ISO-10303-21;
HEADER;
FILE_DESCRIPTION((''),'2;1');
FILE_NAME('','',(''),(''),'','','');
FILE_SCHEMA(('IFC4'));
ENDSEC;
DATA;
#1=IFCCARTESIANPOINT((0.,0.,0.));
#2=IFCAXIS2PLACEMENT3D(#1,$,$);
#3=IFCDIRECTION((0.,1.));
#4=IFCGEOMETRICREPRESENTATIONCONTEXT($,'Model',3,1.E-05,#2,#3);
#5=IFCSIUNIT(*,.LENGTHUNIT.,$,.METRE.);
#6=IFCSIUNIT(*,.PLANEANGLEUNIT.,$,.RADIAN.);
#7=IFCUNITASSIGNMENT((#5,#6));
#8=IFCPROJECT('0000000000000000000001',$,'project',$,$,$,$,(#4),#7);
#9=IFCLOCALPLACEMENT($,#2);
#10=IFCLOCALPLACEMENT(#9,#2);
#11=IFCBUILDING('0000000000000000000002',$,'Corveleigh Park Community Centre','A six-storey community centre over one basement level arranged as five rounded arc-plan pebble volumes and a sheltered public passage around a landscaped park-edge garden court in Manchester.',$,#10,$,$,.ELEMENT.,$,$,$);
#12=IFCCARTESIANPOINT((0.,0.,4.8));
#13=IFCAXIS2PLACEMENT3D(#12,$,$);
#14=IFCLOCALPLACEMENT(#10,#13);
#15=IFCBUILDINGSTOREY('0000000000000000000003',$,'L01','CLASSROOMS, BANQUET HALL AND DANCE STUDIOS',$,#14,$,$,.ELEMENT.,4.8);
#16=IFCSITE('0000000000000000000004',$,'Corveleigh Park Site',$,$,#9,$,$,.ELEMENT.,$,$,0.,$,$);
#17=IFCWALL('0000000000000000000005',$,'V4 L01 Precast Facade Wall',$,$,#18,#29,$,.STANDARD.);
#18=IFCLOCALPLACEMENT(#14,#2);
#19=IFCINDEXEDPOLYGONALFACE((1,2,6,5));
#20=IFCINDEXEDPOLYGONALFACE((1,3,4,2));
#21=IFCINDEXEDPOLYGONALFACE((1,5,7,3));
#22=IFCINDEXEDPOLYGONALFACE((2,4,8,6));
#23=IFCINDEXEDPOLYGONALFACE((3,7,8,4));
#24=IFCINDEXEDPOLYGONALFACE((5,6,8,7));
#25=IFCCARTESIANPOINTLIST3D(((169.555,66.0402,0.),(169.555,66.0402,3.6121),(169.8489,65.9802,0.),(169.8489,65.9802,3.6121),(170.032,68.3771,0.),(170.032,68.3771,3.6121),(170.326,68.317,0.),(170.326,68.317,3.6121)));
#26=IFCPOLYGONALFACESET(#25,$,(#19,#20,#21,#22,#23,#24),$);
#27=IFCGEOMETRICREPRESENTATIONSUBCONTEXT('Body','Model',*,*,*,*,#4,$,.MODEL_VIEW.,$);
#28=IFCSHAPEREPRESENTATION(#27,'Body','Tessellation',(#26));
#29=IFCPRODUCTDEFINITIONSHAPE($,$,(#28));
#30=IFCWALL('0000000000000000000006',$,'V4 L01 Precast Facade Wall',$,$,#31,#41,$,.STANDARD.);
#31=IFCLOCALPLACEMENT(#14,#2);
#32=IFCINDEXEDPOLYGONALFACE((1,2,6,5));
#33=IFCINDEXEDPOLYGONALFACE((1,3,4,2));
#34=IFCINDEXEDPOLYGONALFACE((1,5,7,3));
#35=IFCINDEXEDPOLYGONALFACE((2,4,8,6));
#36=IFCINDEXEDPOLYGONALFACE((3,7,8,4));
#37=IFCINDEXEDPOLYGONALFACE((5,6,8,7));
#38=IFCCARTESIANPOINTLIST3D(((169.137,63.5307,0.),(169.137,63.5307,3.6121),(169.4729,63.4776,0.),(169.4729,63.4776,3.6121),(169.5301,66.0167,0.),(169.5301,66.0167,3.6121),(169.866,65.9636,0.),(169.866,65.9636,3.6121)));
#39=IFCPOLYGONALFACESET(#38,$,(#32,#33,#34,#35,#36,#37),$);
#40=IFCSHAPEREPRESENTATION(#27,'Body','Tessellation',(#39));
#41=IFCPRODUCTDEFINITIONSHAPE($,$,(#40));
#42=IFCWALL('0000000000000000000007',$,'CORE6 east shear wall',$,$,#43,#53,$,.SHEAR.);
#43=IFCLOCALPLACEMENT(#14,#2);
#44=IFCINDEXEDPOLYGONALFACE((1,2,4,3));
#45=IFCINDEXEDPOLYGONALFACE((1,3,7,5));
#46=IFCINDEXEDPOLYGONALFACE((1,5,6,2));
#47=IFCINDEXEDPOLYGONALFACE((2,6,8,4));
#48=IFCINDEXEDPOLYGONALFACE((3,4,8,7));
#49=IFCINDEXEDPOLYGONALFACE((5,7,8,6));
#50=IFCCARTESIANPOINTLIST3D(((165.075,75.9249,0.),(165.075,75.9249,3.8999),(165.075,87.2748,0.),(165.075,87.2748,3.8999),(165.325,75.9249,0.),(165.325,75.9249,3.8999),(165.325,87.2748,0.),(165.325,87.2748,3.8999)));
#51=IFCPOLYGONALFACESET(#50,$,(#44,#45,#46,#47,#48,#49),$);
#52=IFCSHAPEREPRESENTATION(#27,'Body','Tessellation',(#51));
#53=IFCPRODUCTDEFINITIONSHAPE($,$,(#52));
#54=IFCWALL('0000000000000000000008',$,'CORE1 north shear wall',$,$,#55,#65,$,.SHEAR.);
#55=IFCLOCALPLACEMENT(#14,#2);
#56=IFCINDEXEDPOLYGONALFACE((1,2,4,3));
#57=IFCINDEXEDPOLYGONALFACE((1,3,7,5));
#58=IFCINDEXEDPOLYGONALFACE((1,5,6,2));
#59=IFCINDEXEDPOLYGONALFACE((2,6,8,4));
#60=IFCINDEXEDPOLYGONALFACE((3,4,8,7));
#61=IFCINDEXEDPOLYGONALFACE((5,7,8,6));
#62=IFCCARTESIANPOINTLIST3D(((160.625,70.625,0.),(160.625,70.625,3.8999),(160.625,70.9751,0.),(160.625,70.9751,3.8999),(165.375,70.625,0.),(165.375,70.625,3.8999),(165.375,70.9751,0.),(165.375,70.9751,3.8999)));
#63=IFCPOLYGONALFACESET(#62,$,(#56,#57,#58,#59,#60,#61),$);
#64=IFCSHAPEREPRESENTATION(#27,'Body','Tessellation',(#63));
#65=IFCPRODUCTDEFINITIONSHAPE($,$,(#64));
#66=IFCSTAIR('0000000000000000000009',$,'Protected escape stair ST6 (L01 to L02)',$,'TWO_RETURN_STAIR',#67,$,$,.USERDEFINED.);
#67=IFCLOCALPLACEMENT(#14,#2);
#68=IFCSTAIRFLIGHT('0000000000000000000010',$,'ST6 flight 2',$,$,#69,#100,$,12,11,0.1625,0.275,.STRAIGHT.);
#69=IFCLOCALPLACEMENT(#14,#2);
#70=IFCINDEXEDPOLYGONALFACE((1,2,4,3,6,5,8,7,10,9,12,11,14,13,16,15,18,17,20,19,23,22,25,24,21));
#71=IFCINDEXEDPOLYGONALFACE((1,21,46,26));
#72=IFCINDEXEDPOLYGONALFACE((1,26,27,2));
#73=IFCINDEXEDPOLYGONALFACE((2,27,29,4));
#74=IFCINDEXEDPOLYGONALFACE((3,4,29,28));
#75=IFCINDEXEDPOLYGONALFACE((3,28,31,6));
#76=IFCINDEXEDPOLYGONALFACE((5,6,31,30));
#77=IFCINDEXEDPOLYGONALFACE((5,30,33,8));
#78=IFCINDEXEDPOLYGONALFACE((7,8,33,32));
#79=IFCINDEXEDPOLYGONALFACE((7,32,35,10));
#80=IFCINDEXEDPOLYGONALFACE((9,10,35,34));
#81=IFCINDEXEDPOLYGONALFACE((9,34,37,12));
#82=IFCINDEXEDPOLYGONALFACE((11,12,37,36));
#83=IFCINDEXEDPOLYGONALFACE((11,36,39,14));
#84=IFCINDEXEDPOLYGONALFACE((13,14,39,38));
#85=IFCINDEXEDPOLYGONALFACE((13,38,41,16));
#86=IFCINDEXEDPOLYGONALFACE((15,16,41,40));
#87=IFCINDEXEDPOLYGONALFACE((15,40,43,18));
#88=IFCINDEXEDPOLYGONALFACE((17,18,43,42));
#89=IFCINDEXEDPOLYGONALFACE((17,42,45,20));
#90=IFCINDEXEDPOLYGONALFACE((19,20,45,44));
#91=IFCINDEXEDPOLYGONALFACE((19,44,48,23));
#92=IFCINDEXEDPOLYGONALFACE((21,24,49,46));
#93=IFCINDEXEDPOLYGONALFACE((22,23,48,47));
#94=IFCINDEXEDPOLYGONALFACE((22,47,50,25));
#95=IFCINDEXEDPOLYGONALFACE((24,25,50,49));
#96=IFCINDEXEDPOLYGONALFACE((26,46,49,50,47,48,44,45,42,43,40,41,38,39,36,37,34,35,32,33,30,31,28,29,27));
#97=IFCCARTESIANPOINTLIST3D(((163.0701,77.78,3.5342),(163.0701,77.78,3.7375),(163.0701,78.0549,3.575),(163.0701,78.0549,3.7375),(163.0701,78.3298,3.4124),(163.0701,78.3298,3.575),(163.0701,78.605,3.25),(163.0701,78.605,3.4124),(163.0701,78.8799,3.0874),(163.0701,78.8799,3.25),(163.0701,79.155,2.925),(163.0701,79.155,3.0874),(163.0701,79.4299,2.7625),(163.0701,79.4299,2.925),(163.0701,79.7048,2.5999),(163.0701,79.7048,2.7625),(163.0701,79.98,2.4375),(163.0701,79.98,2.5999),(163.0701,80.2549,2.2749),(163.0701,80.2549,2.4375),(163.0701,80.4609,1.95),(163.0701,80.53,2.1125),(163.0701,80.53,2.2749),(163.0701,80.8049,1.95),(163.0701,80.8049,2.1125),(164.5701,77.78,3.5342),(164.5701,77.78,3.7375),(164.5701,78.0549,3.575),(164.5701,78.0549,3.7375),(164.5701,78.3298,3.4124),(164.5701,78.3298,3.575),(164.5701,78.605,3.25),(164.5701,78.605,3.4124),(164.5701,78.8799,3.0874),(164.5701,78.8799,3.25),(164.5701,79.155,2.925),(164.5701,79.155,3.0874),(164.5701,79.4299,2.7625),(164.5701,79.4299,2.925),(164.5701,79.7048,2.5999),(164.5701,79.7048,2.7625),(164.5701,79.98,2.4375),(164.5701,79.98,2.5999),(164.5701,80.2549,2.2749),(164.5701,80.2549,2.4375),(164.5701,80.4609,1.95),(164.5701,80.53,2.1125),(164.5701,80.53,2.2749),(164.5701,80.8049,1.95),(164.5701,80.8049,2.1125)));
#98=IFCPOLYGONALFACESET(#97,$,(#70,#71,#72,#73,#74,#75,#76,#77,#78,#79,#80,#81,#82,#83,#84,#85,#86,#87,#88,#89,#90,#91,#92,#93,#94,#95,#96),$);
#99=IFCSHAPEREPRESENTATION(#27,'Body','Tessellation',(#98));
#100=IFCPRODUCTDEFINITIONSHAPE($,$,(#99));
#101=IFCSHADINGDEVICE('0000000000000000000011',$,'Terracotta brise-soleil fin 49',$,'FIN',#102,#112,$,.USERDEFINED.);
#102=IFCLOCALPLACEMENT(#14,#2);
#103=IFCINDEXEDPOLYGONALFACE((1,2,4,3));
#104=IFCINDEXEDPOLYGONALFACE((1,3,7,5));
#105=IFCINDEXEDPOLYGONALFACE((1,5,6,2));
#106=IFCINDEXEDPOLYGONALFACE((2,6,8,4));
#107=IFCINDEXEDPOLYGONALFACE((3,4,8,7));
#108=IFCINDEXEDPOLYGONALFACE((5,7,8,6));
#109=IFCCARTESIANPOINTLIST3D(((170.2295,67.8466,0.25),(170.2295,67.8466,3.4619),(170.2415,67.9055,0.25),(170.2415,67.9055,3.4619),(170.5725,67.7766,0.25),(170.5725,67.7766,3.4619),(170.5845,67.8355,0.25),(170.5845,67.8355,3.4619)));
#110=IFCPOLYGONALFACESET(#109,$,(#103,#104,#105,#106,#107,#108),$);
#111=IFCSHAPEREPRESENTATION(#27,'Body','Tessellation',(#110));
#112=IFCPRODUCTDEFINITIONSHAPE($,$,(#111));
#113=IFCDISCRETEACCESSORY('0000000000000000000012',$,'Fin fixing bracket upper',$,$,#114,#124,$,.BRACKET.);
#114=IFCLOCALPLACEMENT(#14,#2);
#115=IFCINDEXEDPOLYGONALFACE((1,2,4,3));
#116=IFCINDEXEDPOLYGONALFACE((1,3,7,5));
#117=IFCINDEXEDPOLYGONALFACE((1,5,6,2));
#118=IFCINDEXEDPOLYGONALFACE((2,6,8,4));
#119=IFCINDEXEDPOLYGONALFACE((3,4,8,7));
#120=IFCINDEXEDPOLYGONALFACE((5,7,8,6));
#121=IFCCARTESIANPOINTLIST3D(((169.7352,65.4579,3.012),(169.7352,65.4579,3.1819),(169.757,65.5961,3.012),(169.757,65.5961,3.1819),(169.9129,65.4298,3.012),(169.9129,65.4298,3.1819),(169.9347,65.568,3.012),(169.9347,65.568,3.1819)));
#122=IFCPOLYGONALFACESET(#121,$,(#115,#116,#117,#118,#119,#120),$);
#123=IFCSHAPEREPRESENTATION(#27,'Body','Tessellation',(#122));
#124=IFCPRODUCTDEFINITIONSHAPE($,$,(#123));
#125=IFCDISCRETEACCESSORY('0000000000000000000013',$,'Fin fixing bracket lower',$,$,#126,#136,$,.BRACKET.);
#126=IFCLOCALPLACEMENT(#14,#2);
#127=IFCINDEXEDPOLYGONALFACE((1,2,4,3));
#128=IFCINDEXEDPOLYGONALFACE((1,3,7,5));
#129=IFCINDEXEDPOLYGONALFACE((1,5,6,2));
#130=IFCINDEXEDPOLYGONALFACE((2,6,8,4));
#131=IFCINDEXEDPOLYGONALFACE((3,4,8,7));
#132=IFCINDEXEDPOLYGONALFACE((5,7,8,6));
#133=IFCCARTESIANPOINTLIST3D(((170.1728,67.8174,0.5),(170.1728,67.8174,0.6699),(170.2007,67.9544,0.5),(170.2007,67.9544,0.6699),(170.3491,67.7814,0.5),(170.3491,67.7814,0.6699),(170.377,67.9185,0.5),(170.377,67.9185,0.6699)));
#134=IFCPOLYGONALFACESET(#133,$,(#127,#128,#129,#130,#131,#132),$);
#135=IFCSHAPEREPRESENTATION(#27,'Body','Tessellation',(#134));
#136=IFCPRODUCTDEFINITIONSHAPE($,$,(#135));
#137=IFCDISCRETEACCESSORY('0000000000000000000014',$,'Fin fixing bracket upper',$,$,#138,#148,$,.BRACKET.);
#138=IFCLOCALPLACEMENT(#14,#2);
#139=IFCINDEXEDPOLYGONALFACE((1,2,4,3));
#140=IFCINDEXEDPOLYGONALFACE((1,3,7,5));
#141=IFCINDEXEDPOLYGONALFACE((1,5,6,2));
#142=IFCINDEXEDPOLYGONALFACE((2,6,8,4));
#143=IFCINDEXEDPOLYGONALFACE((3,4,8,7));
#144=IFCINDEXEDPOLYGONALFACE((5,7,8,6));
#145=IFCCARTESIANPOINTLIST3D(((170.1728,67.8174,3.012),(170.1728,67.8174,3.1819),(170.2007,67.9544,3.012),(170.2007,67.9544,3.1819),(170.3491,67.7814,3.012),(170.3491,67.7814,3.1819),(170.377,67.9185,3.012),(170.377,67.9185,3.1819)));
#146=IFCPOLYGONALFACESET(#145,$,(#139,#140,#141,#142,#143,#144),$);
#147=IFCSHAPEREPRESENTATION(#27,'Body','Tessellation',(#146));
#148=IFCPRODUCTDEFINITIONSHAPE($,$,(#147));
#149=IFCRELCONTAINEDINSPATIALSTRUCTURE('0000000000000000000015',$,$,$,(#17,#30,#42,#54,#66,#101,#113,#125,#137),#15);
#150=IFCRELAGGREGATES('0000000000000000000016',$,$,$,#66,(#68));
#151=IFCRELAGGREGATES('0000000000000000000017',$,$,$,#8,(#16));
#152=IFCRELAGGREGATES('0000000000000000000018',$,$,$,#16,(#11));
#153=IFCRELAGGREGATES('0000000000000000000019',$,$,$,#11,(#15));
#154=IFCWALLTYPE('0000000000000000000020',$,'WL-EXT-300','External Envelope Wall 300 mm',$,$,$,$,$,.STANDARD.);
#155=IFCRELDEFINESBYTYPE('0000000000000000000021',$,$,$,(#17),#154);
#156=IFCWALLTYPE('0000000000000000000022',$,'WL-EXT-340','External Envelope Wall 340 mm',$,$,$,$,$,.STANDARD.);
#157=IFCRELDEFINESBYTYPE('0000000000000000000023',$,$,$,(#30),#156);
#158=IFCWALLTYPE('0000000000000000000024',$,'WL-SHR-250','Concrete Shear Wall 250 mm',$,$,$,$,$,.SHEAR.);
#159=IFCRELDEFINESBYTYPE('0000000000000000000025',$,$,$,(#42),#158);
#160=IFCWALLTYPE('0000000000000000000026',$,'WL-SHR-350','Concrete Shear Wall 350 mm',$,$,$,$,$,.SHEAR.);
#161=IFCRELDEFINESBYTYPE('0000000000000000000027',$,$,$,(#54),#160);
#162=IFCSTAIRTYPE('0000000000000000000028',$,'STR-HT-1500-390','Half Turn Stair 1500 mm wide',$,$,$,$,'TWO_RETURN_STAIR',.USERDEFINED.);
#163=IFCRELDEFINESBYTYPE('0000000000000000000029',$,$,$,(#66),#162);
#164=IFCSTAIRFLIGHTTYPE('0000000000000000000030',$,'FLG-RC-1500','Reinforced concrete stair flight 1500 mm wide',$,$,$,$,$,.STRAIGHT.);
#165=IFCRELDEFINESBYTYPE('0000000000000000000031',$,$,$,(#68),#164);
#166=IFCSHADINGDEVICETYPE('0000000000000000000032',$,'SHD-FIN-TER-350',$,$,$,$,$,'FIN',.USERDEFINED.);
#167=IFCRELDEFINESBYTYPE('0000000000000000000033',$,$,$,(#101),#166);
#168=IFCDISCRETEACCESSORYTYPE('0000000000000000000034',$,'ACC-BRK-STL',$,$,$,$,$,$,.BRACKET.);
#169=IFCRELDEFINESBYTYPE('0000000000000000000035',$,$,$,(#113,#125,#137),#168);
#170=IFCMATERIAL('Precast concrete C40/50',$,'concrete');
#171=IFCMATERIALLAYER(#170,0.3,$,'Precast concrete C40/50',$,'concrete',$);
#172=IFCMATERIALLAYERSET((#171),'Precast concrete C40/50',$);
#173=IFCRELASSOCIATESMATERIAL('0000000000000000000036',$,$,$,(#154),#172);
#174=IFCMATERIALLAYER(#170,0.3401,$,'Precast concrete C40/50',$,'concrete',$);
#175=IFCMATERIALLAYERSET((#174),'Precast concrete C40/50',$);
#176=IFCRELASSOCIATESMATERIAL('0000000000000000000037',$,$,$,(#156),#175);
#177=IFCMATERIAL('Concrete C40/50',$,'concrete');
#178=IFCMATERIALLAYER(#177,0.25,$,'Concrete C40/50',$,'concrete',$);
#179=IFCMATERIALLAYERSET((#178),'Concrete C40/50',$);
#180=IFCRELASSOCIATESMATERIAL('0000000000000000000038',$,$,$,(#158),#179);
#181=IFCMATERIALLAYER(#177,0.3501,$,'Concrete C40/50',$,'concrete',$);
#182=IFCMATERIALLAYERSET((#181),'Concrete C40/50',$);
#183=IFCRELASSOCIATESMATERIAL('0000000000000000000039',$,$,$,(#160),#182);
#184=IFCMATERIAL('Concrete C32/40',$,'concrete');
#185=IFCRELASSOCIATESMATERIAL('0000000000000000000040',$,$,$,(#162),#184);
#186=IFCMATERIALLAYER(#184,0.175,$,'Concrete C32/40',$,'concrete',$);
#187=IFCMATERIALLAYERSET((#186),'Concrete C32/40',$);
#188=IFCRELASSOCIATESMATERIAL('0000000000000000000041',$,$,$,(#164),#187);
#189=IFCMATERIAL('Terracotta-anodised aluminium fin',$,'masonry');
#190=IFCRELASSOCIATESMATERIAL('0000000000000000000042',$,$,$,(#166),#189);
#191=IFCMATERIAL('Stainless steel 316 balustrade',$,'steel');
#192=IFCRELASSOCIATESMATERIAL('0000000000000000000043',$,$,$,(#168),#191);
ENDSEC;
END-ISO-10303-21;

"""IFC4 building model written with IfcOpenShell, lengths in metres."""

from ifc_helpers import new_model, si_unit, direction, frame, frame_2d, origin, origin_2d, place, context, subcontext, project, spatial, polyline, rectangle, outline, extrude, material, layer, layer_set, type_object, element, aggregate, save


model = new_model("IFC4")

# Units and contexts
model_context = context("Model", 3, precision=1e-05, world=origin(), true_north=direction((0.0, 1.0)))
body_context = subcontext(model_context, "Body", "Model", "MODEL_VIEW")
ifc_project = project(units=[si_unit("LENGTHUNIT", "METRE"), si_unit("PLANEANGLEUNIT", "RADIAN")], contexts=[model_context])

# Site, building, storey
site_placement = place(None, origin())
site = spatial("IfcSite", under=ifc_project, at=site_placement, Name="Corveleigh Park Site", CompositionType="ELEMENT", RefElevation=0.0)
building_placement = place(site_placement, origin())
building = spatial("IfcBuilding", under=site, at=building_placement, Name="Corveleigh Park Community Centre", Description="A six-storey community centre over one basement level arranged as five rounded arc-plan pebble volumes and a sheltered public passage around a landscaped park-edge garden court in Manchester.", CompositionType="ELEMENT")
storey_placement = place(building_placement, frame((0.0, 0.0, 4.8)))
storey = spatial("IfcBuildingStorey", under=building, at=storey_placement, Name="L01", Description="CLASSROOMS, BANQUET HALL AND DANCE STUDIOS", CompositionType="ELEMENT", Elevation=4.8)

# Shared definitions
ifc_material_1 = material(Name="Concrete C40/50", Category="concrete")

# Walls
ifc_material_2 = material(Name="Precast concrete C40/50", Category="concrete")
ifc_layer_1 = layer(ifc_material_2, 0.3, Name="Precast concrete C40/50", Category="concrete")
ifc_layer_set_1 = layer_set([ifc_layer_1], Name="Precast concrete C40/50")
wall_type_1 = type_object("IfcWallType", Name="WL-EXT-300", Description="External Envelope Wall 300 mm", PredefinedType="STANDARD", material=ifc_layer_set_1)
wall_1_placement = place(storey_placement, frame((170.179, 68.3469, 0.0), z_axis=(0.0, 0.0, 1.0), x_axis=(-0.200012, -0.979793, 0.0)))
element("IfcWall", 1, at=wall_1_placement, inside=storey, type_object=wall_type_1, Name="V4 L01 Precast Facade Wall", PredefinedType="STANDARD", context=body_context, shape_type="SweptSolid", body=[
    extrude(rectangle(XDim=2.385, YDim=0.3, at=frame_2d((1.1924, 0.0))), origin(), (0.0, 0.0, 1.0), 3.6121),
])
ifc_layer_2 = layer(ifc_material_2, 0.3401, Name="Precast concrete C40/50", Category="concrete")
ifc_layer_set_2 = layer_set([ifc_layer_2], Name="Precast concrete C40/50")
wall_type_2 = type_object("IfcWallType", Name="WL-EXT-340", Description="External Envelope Wall 340 mm", PredefinedType="STANDARD", material=ifc_layer_set_2)
wall_2_placement = place(storey_placement, frame((169.698, 65.99, 0.0), z_axis=(0.0, 0.0, 1.0), x_axis=(-0.156167, -0.987731, 0.0)))
element("IfcWall", 2, at=wall_2_placement, inside=storey, type_object=wall_type_2, Name="V4 L01 Precast Facade Wall", PredefinedType="STANDARD", context=body_context, shape_type="SweptSolid", body=[
    extrude(rectangle(XDim=2.5168, YDim=0.3401, at=frame_2d((1.2583, 0.0))), origin(), (0.0, 0.0, 1.0), 3.6121),
])
ifc_layer_3 = layer(ifc_material_1, 0.25, Name="Concrete C40/50", Category="concrete")
ifc_layer_set_3 = layer_set([ifc_layer_3], Name="Concrete C40/50")
wall_type_3 = type_object("IfcWallType", Name="WL-SHR-250", Description="Concrete Shear Wall 250 mm", PredefinedType="SHEAR", material=ifc_layer_set_3)
wall_3_placement = place(storey_placement, frame((165.2, 75.925, 0.0), z_axis=(0.0, 0.0, 1.0), x_axis=(0.0, 1.0, 0.0)))
element("IfcWall", 3, at=wall_3_placement, inside=storey, type_object=wall_type_3, Name="CORE6 east shear wall", PredefinedType="SHEAR", context=body_context, shape_type="SweptSolid", body=[
    extrude(rectangle(XDim=11.3499, YDim=0.25, at=frame_2d((5.6748, 0.0))), origin(), (0.0, 0.0, 1.0), 3.8999),
])
ifc_layer_4 = layer(ifc_material_1, 0.3501, Name="Concrete C40/50", Category="concrete")
ifc_layer_set_4 = layer_set([ifc_layer_4], Name="Concrete C40/50")
wall_type_4 = type_object("IfcWallType", Name="WL-SHR-350", Description="Concrete Shear Wall 350 mm", PredefinedType="SHEAR", material=ifc_layer_set_4)
wall_4_placement = place(storey_placement, frame((165.375, 70.8, 0.0), z_axis=(0.0, 0.0, 1.0), x_axis=(-1.0, 0.0, 0.0)))
element("IfcWall", 4, at=wall_4_placement, inside=storey, type_object=wall_type_4, Name="CORE1 north shear wall", PredefinedType="SHEAR", context=body_context, shape_type="SweptSolid", body=[
    extrude(rectangle(XDim=4.75, YDim=0.3501, at=frame_2d((2.375, 0.0))), origin(), (0.0, 0.0, 1.0), 3.8999),
])

# Stair, stair flight
ifc_material_3 = material(Name="Concrete C32/40", Category="concrete")
stair_type = type_object("IfcStairType", Name="STR-HT-1500-390", Description="Half Turn Stair 1500 mm wide", ElementType="TWO_RETURN_STAIR", PredefinedType="USERDEFINED", material=ifc_material_3)
stair_placement = place(storey_placement, origin())
stair = element("IfcStair", 5, at=stair_placement, inside=storey, type_object=stair_type, Name="Protected escape stair ST6 (L01 to L02)", ObjectType="TWO_RETURN_STAIR", PredefinedType="USERDEFINED")
ifc_layer_5 = layer(ifc_material_3, 0.175, Name="Concrete C32/40", Category="concrete")
ifc_layer_set_5 = layer_set([ifc_layer_5], Name="Concrete C32/40")
stair_flight_type = type_object("IfcStairFlightType", Name="FLG-RC-1500", Description="Reinforced concrete stair flight 1500 mm wide", PredefinedType="STRAIGHT", material=ifc_layer_set_5)
stair_flight_placement = place(storey_placement, frame((163.8201, 80.8049, 1.95), z_axis=(0.0, 0.0, 1.0), x_axis=(0.0, -1.0, 0.0)))
stair_flight = element("IfcStairFlight", 6, at=stair_flight_placement, type_object=stair_flight_type, Name="ST6 flight 2", NumberOfRisers=12, NumberOfTreads=11, PredefinedType="STRAIGHT", RiserHeight=0.1625, TreadLength=0.275, context=body_context, shape_type="SweptSolid", body=[
    extrude(outline(polyline([(0.0, 0.0), (0.0, 0.1626), (0.2749, 0.1626), (0.2749, 0.325), (0.55, 0.325), (0.55, 0.4875), (0.825, 0.4875), (0.825, 0.6499), (1.1001, 0.6499), (1.1001, 0.8125), (1.375, 0.8125), (1.375, 0.9751), (1.6499, 0.9751), (1.6499, 1.1375), (1.925, 1.1375), (1.925, 1.3), (2.2, 1.3), (2.2, 1.4624), (2.4751, 1.4624), (2.4751, 1.625), (2.75, 1.625), (2.75, 1.7876), (3.0249, 1.7876), (3.0249, 1.95), (3.0249, 1.5842), (0.344, 0.0), (0.0, 0.0)])), frame((0.0, 0.75, 0.0), z_axis=(0.0, -1.0, 0.0), x_axis=(1.0, 0.0, 0.0)), (0.0, 0.0, 1.0), 1.5),
])
aggregate(stair, [stair_flight])

# Shared definitions
ifc_material_4 = material(Name="Stainless steel 316 balustrade", Category="steel")

# Shading device
ifc_material_5 = material(Name="Terracotta-anodised aluminium fin", Category="masonry")
shading_device_type = type_object("IfcShadingDeviceType", Name="SHD-FIN-TER-350", ElementType="FIN", PredefinedType="USERDEFINED", material=ifc_material_5)
shading_device_placement = place(storey_placement, frame((170.407, 67.8411, 0.25), z_axis=(0.0, 0.0, 1.0), x_axis=(0.979799, -0.199985, 0.0)))
element("IfcShadingDevice", 7, at=shading_device_placement, inside=storey, type_object=shading_device_type, Name="Terracotta brise-soleil fin 49", ObjectType="FIN", PredefinedType="USERDEFINED", context=body_context, shape_type="SweptSolid", body=[
    extrude(rectangle(XDim=0.3501, YDim=0.0601, at=origin_2d()), origin(), (0.0, 0.0, 1.0), 3.2119),
])

# Discrete accessories
discrete_accessory_type = type_object("IfcDiscreteAccessoryType", Name="ACC-BRK-STL", PredefinedType="BRACKET", material=ifc_material_4)
for number, where, z_axis, x_axis, name in (
    (8, (169.835, 65.5129, 3.012), (0.0, 0.0, 1.0), (0.987734, -0.156146, 0.0), "Fin fixing bracket upper"),
    (9, (170.2749, 67.8679, 0.5), (0.0, 0.0, 1.0), (0.979799, -0.199985, 0.0), "Fin fixing bracket lower"),
    (10, (170.2749, 67.8679, 3.012), (0.0, 0.0, 1.0), (0.979799, -0.199985, 0.0), "Fin fixing bracket upper"),
):
    element("IfcDiscreteAccessory", number, at=place(storey_placement, frame(where, z_axis=z_axis, x_axis=x_axis)), inside=storey, type_object=discrete_accessory_type, Name=name, PredefinedType="BRACKET", context=body_context, shape_type="SweptSolid", body=[
        extrude(rectangle(XDim=0.1799, YDim=0.1399, at=origin_2d()), origin(), (0.0, 0.0, 1.0), 0.1699),
    ])

save(model, "model.ifc")
